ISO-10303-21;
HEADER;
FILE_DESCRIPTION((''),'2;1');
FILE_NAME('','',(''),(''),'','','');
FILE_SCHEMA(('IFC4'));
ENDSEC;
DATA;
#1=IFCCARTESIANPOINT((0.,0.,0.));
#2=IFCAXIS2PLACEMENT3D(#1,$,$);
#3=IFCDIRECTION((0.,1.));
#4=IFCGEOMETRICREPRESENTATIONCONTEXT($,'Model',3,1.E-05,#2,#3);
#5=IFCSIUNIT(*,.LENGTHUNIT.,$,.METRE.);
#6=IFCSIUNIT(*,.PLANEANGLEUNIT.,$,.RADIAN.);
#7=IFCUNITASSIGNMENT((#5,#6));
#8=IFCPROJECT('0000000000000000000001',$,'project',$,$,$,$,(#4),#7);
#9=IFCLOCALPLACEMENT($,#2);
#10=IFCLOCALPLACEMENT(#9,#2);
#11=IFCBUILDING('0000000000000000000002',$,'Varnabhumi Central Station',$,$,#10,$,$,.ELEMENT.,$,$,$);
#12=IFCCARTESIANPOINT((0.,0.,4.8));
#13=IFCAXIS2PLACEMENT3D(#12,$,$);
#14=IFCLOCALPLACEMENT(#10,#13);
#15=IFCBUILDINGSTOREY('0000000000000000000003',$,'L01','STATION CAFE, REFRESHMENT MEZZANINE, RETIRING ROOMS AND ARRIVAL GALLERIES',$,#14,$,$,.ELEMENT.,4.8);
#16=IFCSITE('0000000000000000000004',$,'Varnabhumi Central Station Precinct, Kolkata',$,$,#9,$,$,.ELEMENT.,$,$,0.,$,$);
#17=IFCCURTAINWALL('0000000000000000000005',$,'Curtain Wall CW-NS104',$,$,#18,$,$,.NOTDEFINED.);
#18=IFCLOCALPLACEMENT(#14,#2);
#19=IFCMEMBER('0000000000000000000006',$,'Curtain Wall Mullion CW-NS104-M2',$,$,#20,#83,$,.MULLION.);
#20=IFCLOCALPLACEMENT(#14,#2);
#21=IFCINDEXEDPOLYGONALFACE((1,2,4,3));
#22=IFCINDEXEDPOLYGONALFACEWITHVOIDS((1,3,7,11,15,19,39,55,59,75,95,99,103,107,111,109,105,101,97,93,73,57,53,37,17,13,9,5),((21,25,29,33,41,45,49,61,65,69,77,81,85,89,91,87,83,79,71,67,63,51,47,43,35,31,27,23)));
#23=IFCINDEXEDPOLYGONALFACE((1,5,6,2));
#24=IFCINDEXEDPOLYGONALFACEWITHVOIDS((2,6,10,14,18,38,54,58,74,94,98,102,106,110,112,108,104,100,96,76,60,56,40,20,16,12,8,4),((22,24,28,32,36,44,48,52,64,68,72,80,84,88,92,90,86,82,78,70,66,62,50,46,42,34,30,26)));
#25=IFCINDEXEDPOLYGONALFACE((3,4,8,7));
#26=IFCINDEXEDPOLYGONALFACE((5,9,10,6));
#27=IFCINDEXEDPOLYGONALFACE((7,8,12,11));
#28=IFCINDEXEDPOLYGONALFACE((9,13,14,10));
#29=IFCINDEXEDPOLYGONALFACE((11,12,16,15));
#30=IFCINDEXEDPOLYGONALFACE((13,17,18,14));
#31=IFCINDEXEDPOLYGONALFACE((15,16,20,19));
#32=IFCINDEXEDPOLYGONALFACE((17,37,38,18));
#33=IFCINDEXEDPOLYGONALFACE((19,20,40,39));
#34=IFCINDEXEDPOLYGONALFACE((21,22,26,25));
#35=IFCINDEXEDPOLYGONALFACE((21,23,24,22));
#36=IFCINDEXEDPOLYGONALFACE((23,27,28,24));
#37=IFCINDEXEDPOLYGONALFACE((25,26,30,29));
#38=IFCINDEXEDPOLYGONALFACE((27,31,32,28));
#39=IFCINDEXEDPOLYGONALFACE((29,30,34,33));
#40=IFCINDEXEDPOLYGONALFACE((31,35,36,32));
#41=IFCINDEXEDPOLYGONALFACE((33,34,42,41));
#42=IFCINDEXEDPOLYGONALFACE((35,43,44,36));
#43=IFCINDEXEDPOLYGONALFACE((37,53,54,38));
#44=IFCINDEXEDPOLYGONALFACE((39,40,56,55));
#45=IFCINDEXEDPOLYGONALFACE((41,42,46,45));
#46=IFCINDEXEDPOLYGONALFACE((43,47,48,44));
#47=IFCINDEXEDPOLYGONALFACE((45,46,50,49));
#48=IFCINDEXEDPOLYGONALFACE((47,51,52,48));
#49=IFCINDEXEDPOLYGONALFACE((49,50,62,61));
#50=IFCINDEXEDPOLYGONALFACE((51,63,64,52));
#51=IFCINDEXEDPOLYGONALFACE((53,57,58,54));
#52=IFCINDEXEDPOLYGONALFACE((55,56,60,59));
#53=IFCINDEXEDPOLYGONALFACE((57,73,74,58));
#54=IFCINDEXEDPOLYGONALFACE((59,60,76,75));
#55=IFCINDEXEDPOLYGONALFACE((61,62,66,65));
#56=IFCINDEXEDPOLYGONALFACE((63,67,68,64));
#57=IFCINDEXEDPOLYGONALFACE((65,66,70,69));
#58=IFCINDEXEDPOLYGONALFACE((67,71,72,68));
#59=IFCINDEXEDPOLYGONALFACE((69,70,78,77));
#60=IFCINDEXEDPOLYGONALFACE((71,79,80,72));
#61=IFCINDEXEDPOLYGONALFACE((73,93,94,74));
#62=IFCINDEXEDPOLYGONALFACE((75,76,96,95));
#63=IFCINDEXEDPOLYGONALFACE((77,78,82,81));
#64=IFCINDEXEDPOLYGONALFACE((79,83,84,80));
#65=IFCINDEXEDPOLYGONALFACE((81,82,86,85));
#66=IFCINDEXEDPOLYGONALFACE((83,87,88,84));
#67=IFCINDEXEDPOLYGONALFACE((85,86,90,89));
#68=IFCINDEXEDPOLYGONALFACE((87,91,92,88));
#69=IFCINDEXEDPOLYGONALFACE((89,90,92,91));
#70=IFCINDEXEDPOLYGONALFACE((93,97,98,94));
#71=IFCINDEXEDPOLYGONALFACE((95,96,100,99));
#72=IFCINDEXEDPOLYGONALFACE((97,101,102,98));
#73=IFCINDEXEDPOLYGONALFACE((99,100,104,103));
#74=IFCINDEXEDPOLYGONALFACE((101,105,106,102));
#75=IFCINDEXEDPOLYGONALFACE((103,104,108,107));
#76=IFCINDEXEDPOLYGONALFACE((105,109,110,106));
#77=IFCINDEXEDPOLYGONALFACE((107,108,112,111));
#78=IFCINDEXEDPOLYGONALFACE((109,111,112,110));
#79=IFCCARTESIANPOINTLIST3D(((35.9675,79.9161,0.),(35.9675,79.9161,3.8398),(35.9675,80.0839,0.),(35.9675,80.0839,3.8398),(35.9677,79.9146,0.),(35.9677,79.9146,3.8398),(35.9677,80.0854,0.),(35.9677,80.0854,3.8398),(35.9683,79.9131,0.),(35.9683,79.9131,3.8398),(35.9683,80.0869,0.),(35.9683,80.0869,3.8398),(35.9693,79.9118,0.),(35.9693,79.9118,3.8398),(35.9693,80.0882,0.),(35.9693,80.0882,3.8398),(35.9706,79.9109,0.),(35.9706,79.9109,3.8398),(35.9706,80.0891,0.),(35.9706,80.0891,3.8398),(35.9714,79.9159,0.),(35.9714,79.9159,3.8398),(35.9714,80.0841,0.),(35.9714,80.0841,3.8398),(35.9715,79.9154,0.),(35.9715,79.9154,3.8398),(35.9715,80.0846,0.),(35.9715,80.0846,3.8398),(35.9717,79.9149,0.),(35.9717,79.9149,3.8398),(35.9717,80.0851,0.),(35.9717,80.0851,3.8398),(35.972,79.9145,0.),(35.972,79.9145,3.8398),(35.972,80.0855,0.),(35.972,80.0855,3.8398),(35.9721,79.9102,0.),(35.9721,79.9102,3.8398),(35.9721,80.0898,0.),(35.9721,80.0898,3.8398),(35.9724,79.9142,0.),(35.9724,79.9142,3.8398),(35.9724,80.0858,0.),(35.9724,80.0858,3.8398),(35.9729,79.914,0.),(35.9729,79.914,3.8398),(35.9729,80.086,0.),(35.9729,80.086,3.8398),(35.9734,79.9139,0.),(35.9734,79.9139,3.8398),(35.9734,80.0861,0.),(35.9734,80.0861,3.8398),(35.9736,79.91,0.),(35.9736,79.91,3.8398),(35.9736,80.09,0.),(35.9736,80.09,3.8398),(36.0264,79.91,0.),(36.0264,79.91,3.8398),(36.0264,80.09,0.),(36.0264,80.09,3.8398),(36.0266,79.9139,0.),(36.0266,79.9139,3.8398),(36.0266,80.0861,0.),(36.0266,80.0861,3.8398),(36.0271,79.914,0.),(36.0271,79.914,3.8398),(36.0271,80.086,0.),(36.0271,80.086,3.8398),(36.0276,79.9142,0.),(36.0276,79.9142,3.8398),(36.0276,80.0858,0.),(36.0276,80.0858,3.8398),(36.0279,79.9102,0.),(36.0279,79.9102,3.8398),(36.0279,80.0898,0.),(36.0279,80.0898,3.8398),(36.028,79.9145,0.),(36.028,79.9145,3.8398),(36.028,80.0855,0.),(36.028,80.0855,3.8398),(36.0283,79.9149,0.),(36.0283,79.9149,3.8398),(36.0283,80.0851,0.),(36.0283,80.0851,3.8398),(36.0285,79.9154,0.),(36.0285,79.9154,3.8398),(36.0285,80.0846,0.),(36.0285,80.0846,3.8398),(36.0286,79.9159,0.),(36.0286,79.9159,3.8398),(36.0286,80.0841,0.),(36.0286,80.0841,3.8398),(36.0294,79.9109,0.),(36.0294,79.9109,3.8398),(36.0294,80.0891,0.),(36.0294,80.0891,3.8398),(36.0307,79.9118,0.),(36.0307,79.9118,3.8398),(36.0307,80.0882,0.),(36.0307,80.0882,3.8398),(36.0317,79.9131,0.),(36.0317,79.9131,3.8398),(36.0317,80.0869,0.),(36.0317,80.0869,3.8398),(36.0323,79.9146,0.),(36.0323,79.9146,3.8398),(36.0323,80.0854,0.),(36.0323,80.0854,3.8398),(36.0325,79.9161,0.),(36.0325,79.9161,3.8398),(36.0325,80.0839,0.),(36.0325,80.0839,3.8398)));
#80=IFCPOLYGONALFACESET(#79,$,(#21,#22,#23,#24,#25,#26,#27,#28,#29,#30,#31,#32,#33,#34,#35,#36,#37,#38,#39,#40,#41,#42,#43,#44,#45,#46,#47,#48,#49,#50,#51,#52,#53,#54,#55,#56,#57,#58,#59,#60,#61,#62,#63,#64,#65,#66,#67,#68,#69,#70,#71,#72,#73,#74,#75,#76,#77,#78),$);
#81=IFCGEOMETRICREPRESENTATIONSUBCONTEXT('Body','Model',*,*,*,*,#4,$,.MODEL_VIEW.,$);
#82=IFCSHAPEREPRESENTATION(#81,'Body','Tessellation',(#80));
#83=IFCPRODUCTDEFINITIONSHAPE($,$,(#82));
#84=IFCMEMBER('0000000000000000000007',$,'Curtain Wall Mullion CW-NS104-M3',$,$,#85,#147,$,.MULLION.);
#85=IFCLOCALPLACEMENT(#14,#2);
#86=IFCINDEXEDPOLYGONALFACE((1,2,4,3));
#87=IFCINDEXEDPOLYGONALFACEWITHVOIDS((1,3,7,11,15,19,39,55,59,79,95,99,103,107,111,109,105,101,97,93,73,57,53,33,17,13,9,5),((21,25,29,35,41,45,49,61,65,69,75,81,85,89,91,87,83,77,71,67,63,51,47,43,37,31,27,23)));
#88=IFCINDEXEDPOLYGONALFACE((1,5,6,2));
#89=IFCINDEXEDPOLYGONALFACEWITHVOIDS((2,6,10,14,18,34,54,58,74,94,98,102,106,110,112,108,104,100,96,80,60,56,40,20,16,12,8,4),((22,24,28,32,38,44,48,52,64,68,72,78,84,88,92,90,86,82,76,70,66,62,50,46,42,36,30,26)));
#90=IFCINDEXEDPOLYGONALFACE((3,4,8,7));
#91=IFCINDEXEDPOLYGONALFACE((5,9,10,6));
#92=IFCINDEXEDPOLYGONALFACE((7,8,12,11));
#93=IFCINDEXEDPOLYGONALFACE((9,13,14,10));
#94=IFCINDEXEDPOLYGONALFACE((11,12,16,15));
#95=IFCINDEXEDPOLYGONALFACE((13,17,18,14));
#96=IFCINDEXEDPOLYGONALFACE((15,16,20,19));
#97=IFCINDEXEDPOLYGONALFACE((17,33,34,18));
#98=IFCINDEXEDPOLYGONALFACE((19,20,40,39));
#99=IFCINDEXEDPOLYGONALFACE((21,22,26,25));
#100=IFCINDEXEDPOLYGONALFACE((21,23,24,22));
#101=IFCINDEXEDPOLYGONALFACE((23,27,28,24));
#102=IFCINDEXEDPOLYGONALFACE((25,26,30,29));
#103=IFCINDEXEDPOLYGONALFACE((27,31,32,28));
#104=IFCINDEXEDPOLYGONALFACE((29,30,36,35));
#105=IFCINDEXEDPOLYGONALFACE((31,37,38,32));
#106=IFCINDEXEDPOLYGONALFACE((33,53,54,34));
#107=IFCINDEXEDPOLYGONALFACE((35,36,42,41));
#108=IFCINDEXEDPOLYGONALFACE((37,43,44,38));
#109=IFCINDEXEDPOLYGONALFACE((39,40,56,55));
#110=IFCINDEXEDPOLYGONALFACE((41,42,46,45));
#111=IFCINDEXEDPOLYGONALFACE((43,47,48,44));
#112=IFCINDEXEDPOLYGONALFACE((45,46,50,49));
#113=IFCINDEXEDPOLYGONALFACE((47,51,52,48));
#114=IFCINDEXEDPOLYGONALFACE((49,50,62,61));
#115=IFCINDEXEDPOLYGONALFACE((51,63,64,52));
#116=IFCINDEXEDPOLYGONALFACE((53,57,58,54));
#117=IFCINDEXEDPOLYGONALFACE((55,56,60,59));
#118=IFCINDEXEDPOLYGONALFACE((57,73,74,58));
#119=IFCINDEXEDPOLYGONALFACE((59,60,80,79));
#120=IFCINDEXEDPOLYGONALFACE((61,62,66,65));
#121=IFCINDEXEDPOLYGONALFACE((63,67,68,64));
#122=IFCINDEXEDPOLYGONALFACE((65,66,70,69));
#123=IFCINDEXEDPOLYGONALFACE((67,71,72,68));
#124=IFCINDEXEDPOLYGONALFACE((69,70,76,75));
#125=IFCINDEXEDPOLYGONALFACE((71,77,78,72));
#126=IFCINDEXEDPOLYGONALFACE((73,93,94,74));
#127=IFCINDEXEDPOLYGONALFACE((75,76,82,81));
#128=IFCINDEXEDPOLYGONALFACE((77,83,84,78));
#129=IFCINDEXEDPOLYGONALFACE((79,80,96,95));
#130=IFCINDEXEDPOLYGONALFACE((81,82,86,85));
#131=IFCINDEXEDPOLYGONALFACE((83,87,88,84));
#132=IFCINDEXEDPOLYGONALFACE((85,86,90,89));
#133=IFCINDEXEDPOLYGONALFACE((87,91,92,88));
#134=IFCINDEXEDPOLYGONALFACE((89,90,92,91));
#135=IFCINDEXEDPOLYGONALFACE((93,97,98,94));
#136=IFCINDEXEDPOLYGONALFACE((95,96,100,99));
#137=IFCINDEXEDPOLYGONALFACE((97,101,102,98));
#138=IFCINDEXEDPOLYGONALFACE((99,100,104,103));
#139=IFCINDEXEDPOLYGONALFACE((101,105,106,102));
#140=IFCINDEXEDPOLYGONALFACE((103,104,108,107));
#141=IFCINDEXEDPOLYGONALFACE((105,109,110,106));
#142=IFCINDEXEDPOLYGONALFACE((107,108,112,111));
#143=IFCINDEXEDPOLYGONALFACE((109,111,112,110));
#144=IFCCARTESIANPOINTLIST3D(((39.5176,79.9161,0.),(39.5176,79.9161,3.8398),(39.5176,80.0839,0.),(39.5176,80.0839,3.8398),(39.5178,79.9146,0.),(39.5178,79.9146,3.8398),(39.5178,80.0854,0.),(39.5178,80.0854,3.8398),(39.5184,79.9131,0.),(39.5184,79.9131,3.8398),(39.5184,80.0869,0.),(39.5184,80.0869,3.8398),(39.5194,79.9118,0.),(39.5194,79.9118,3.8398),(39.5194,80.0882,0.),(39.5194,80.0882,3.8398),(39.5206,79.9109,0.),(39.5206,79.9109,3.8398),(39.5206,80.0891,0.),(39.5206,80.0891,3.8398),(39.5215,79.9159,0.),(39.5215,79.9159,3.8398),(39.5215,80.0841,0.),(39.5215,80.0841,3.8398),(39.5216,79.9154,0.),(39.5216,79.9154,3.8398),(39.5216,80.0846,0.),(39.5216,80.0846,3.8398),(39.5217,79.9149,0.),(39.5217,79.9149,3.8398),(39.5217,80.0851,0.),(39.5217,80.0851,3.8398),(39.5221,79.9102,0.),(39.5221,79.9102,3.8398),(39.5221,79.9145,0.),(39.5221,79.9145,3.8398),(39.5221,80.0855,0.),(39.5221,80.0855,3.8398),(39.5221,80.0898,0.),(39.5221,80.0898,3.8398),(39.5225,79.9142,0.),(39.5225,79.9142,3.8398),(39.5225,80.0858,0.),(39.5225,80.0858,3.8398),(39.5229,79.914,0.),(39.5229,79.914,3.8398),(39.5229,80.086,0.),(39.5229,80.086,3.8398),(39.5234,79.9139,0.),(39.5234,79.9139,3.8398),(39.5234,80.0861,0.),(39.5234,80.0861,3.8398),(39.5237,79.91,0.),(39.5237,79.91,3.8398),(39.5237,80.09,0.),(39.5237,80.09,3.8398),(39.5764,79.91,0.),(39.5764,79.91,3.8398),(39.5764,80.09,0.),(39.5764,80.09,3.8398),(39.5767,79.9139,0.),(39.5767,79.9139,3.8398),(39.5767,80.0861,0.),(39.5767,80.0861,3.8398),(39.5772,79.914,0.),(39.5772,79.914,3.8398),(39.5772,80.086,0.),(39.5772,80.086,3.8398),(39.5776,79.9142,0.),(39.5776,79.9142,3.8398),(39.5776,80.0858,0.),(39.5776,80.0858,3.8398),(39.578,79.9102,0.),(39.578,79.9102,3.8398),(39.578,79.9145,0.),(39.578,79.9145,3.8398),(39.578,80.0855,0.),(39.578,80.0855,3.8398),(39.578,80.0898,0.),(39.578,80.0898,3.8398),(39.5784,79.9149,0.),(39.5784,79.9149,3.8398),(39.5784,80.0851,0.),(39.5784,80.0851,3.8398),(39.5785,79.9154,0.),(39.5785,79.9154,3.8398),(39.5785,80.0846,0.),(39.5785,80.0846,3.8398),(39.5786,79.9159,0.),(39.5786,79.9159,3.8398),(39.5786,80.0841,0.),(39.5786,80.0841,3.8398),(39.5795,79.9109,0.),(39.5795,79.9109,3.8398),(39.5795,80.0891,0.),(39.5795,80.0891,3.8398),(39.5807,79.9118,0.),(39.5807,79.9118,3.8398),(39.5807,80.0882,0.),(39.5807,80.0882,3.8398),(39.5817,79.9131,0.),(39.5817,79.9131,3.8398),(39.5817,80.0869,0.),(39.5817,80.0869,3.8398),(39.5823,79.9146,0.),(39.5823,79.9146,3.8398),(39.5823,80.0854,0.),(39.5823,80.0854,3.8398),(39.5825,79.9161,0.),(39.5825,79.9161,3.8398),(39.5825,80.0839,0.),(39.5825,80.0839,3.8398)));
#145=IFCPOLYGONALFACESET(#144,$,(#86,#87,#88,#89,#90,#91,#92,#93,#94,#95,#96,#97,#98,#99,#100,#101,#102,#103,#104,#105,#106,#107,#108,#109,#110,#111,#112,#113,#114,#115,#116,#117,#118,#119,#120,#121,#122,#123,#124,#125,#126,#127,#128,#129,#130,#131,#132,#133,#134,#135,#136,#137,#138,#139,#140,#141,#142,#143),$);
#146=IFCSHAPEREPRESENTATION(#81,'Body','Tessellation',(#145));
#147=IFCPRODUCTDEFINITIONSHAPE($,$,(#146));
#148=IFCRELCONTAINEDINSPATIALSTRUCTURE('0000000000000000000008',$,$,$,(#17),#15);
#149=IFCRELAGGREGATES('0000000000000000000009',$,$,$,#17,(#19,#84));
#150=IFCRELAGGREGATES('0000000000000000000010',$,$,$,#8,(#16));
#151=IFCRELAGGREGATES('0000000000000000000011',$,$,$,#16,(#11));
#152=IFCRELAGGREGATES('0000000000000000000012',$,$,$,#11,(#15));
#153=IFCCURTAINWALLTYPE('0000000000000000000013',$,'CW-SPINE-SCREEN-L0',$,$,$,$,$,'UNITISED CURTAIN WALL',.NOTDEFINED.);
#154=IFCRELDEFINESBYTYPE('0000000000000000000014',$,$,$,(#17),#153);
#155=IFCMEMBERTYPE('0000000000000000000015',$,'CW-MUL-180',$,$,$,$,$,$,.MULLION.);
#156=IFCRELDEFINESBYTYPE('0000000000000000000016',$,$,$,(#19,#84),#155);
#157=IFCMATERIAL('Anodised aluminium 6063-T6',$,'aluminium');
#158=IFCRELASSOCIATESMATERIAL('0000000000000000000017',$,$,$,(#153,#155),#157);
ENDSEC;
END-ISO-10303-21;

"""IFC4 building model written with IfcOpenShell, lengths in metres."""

from ifc_helpers import new_model, si_unit, direction, frame, origin, origin_2d, place, context, subcontext, project, spatial, hollow_rectangle, extrude, material, material_profile, profile_set, type_object, element, aggregate, save


model = new_model("IFC4")

# Units and contexts
model_context = context("Model", 3, precision=1e-05, world=origin(), true_north=direction((0.0, 1.0)))
body_context = subcontext(model_context, "Body", "Model", "MODEL_VIEW")
ifc_project = project(units=[si_unit("LENGTHUNIT", "METRE"), si_unit("PLANEANGLEUNIT", "RADIAN")], contexts=[model_context])

# Site, building, storey
site_placement = place(None, origin())
site = spatial("IfcSite", under=ifc_project, at=site_placement, Name="Varnabhumi Central Station Precinct, Kolkata", CompositionType="ELEMENT", RefElevation=0.0)
building_placement = place(site_placement, origin())
building = spatial("IfcBuilding", under=site, at=building_placement, Name="Varnabhumi Central Station", CompositionType="ELEMENT")
storey_placement = place(building_placement, frame((0.0, 0.0, 4.8)))
storey = spatial("IfcBuildingStorey", under=building, at=storey_placement, Name="L01", Description="STATION CAFE, REFRESHMENT MEZZANINE, RETIRING ROOMS AND ARRIVAL GALLERIES", CompositionType="ELEMENT", Elevation=4.8)

# Curtain wall, members
ifc_material_1 = material(Name="Anodised aluminium 6063-T6", Category="aluminium")
curtain_wall_type_1 = type_object("IfcCurtainWallType", Name="CW-SPINE-SCREEN-L0", ElementType="UNITISED CURTAIN WALL", PredefinedType="NOTDEFINED", material=ifc_material_1)
curtain_wall_1_placement = place(storey_placement, origin())
curtain_wall_1 = element("IfcCurtainWall", 1, at=curtain_wall_1_placement, inside=storey, type_object=curtain_wall_type_1, Name="Curtain Wall CW-NS104", PredefinedType="NOTDEFINED")
ifc_material_profile_1 = material_profile(ifc_material_1, hollow_rectangle(XDim=0.0649, YDim=0.1799, WallThickness=0.0039, InnerFilletRadius=0.002, OuterFilletRadius=0.0061, at=origin_2d()), Name="Anodised aluminium 6063-T6", Category="aluminium")
ifc_profile_set_1 = profile_set([ifc_material_profile_1], Name="Anodised aluminium 6063-T6")
member_type_1 = type_object("IfcMemberType", Name="CW-MUL-180", PredefinedType="MULLION", material=ifc_profile_set_1)
member_1_placement = place(storey_placement, frame((36.0, 80.0, 0.0), z_axis=(0.0, 0.0, 1.0), x_axis=(1.0, 0.0, 0.0)))
member_1 = element("IfcMember", 2, at=member_1_placement, type_object=member_type_1, Name="Curtain Wall Mullion CW-NS104-M2", PredefinedType="MULLION", context=body_context, shape_type="SweptSolid", body=[
    extrude(hollow_rectangle(XDim=0.0649, YDim=0.1799, WallThickness=0.0039, InnerFilletRadius=0.002, OuterFilletRadius=0.0061, at=origin_2d()), origin(), (0.0, 0.0, 1.0), 3.8398),
])
member_2_placement = place(storey_placement, frame((39.55, 80.0, 0.0), z_axis=(0.0, 0.0, 1.0), x_axis=(1.0, 0.0, 0.0)))
member_2 = element("IfcMember", 3, at=member_2_placement, type_object=member_type_1, Name="Curtain Wall Mullion CW-NS104-M3", PredefinedType="MULLION", context=body_context, shape_type="SweptSolid", body=[
    extrude(hollow_rectangle(XDim=0.0649, YDim=0.1799, WallThickness=0.0039, InnerFilletRadius=0.002, OuterFilletRadius=0.0061, at=origin_2d()), origin(), (0.0, 0.0, 1.0), 3.8398),
])

aggregate(curtain_wall_1, [member_1, member_2])

save(model, "model.ifc")
